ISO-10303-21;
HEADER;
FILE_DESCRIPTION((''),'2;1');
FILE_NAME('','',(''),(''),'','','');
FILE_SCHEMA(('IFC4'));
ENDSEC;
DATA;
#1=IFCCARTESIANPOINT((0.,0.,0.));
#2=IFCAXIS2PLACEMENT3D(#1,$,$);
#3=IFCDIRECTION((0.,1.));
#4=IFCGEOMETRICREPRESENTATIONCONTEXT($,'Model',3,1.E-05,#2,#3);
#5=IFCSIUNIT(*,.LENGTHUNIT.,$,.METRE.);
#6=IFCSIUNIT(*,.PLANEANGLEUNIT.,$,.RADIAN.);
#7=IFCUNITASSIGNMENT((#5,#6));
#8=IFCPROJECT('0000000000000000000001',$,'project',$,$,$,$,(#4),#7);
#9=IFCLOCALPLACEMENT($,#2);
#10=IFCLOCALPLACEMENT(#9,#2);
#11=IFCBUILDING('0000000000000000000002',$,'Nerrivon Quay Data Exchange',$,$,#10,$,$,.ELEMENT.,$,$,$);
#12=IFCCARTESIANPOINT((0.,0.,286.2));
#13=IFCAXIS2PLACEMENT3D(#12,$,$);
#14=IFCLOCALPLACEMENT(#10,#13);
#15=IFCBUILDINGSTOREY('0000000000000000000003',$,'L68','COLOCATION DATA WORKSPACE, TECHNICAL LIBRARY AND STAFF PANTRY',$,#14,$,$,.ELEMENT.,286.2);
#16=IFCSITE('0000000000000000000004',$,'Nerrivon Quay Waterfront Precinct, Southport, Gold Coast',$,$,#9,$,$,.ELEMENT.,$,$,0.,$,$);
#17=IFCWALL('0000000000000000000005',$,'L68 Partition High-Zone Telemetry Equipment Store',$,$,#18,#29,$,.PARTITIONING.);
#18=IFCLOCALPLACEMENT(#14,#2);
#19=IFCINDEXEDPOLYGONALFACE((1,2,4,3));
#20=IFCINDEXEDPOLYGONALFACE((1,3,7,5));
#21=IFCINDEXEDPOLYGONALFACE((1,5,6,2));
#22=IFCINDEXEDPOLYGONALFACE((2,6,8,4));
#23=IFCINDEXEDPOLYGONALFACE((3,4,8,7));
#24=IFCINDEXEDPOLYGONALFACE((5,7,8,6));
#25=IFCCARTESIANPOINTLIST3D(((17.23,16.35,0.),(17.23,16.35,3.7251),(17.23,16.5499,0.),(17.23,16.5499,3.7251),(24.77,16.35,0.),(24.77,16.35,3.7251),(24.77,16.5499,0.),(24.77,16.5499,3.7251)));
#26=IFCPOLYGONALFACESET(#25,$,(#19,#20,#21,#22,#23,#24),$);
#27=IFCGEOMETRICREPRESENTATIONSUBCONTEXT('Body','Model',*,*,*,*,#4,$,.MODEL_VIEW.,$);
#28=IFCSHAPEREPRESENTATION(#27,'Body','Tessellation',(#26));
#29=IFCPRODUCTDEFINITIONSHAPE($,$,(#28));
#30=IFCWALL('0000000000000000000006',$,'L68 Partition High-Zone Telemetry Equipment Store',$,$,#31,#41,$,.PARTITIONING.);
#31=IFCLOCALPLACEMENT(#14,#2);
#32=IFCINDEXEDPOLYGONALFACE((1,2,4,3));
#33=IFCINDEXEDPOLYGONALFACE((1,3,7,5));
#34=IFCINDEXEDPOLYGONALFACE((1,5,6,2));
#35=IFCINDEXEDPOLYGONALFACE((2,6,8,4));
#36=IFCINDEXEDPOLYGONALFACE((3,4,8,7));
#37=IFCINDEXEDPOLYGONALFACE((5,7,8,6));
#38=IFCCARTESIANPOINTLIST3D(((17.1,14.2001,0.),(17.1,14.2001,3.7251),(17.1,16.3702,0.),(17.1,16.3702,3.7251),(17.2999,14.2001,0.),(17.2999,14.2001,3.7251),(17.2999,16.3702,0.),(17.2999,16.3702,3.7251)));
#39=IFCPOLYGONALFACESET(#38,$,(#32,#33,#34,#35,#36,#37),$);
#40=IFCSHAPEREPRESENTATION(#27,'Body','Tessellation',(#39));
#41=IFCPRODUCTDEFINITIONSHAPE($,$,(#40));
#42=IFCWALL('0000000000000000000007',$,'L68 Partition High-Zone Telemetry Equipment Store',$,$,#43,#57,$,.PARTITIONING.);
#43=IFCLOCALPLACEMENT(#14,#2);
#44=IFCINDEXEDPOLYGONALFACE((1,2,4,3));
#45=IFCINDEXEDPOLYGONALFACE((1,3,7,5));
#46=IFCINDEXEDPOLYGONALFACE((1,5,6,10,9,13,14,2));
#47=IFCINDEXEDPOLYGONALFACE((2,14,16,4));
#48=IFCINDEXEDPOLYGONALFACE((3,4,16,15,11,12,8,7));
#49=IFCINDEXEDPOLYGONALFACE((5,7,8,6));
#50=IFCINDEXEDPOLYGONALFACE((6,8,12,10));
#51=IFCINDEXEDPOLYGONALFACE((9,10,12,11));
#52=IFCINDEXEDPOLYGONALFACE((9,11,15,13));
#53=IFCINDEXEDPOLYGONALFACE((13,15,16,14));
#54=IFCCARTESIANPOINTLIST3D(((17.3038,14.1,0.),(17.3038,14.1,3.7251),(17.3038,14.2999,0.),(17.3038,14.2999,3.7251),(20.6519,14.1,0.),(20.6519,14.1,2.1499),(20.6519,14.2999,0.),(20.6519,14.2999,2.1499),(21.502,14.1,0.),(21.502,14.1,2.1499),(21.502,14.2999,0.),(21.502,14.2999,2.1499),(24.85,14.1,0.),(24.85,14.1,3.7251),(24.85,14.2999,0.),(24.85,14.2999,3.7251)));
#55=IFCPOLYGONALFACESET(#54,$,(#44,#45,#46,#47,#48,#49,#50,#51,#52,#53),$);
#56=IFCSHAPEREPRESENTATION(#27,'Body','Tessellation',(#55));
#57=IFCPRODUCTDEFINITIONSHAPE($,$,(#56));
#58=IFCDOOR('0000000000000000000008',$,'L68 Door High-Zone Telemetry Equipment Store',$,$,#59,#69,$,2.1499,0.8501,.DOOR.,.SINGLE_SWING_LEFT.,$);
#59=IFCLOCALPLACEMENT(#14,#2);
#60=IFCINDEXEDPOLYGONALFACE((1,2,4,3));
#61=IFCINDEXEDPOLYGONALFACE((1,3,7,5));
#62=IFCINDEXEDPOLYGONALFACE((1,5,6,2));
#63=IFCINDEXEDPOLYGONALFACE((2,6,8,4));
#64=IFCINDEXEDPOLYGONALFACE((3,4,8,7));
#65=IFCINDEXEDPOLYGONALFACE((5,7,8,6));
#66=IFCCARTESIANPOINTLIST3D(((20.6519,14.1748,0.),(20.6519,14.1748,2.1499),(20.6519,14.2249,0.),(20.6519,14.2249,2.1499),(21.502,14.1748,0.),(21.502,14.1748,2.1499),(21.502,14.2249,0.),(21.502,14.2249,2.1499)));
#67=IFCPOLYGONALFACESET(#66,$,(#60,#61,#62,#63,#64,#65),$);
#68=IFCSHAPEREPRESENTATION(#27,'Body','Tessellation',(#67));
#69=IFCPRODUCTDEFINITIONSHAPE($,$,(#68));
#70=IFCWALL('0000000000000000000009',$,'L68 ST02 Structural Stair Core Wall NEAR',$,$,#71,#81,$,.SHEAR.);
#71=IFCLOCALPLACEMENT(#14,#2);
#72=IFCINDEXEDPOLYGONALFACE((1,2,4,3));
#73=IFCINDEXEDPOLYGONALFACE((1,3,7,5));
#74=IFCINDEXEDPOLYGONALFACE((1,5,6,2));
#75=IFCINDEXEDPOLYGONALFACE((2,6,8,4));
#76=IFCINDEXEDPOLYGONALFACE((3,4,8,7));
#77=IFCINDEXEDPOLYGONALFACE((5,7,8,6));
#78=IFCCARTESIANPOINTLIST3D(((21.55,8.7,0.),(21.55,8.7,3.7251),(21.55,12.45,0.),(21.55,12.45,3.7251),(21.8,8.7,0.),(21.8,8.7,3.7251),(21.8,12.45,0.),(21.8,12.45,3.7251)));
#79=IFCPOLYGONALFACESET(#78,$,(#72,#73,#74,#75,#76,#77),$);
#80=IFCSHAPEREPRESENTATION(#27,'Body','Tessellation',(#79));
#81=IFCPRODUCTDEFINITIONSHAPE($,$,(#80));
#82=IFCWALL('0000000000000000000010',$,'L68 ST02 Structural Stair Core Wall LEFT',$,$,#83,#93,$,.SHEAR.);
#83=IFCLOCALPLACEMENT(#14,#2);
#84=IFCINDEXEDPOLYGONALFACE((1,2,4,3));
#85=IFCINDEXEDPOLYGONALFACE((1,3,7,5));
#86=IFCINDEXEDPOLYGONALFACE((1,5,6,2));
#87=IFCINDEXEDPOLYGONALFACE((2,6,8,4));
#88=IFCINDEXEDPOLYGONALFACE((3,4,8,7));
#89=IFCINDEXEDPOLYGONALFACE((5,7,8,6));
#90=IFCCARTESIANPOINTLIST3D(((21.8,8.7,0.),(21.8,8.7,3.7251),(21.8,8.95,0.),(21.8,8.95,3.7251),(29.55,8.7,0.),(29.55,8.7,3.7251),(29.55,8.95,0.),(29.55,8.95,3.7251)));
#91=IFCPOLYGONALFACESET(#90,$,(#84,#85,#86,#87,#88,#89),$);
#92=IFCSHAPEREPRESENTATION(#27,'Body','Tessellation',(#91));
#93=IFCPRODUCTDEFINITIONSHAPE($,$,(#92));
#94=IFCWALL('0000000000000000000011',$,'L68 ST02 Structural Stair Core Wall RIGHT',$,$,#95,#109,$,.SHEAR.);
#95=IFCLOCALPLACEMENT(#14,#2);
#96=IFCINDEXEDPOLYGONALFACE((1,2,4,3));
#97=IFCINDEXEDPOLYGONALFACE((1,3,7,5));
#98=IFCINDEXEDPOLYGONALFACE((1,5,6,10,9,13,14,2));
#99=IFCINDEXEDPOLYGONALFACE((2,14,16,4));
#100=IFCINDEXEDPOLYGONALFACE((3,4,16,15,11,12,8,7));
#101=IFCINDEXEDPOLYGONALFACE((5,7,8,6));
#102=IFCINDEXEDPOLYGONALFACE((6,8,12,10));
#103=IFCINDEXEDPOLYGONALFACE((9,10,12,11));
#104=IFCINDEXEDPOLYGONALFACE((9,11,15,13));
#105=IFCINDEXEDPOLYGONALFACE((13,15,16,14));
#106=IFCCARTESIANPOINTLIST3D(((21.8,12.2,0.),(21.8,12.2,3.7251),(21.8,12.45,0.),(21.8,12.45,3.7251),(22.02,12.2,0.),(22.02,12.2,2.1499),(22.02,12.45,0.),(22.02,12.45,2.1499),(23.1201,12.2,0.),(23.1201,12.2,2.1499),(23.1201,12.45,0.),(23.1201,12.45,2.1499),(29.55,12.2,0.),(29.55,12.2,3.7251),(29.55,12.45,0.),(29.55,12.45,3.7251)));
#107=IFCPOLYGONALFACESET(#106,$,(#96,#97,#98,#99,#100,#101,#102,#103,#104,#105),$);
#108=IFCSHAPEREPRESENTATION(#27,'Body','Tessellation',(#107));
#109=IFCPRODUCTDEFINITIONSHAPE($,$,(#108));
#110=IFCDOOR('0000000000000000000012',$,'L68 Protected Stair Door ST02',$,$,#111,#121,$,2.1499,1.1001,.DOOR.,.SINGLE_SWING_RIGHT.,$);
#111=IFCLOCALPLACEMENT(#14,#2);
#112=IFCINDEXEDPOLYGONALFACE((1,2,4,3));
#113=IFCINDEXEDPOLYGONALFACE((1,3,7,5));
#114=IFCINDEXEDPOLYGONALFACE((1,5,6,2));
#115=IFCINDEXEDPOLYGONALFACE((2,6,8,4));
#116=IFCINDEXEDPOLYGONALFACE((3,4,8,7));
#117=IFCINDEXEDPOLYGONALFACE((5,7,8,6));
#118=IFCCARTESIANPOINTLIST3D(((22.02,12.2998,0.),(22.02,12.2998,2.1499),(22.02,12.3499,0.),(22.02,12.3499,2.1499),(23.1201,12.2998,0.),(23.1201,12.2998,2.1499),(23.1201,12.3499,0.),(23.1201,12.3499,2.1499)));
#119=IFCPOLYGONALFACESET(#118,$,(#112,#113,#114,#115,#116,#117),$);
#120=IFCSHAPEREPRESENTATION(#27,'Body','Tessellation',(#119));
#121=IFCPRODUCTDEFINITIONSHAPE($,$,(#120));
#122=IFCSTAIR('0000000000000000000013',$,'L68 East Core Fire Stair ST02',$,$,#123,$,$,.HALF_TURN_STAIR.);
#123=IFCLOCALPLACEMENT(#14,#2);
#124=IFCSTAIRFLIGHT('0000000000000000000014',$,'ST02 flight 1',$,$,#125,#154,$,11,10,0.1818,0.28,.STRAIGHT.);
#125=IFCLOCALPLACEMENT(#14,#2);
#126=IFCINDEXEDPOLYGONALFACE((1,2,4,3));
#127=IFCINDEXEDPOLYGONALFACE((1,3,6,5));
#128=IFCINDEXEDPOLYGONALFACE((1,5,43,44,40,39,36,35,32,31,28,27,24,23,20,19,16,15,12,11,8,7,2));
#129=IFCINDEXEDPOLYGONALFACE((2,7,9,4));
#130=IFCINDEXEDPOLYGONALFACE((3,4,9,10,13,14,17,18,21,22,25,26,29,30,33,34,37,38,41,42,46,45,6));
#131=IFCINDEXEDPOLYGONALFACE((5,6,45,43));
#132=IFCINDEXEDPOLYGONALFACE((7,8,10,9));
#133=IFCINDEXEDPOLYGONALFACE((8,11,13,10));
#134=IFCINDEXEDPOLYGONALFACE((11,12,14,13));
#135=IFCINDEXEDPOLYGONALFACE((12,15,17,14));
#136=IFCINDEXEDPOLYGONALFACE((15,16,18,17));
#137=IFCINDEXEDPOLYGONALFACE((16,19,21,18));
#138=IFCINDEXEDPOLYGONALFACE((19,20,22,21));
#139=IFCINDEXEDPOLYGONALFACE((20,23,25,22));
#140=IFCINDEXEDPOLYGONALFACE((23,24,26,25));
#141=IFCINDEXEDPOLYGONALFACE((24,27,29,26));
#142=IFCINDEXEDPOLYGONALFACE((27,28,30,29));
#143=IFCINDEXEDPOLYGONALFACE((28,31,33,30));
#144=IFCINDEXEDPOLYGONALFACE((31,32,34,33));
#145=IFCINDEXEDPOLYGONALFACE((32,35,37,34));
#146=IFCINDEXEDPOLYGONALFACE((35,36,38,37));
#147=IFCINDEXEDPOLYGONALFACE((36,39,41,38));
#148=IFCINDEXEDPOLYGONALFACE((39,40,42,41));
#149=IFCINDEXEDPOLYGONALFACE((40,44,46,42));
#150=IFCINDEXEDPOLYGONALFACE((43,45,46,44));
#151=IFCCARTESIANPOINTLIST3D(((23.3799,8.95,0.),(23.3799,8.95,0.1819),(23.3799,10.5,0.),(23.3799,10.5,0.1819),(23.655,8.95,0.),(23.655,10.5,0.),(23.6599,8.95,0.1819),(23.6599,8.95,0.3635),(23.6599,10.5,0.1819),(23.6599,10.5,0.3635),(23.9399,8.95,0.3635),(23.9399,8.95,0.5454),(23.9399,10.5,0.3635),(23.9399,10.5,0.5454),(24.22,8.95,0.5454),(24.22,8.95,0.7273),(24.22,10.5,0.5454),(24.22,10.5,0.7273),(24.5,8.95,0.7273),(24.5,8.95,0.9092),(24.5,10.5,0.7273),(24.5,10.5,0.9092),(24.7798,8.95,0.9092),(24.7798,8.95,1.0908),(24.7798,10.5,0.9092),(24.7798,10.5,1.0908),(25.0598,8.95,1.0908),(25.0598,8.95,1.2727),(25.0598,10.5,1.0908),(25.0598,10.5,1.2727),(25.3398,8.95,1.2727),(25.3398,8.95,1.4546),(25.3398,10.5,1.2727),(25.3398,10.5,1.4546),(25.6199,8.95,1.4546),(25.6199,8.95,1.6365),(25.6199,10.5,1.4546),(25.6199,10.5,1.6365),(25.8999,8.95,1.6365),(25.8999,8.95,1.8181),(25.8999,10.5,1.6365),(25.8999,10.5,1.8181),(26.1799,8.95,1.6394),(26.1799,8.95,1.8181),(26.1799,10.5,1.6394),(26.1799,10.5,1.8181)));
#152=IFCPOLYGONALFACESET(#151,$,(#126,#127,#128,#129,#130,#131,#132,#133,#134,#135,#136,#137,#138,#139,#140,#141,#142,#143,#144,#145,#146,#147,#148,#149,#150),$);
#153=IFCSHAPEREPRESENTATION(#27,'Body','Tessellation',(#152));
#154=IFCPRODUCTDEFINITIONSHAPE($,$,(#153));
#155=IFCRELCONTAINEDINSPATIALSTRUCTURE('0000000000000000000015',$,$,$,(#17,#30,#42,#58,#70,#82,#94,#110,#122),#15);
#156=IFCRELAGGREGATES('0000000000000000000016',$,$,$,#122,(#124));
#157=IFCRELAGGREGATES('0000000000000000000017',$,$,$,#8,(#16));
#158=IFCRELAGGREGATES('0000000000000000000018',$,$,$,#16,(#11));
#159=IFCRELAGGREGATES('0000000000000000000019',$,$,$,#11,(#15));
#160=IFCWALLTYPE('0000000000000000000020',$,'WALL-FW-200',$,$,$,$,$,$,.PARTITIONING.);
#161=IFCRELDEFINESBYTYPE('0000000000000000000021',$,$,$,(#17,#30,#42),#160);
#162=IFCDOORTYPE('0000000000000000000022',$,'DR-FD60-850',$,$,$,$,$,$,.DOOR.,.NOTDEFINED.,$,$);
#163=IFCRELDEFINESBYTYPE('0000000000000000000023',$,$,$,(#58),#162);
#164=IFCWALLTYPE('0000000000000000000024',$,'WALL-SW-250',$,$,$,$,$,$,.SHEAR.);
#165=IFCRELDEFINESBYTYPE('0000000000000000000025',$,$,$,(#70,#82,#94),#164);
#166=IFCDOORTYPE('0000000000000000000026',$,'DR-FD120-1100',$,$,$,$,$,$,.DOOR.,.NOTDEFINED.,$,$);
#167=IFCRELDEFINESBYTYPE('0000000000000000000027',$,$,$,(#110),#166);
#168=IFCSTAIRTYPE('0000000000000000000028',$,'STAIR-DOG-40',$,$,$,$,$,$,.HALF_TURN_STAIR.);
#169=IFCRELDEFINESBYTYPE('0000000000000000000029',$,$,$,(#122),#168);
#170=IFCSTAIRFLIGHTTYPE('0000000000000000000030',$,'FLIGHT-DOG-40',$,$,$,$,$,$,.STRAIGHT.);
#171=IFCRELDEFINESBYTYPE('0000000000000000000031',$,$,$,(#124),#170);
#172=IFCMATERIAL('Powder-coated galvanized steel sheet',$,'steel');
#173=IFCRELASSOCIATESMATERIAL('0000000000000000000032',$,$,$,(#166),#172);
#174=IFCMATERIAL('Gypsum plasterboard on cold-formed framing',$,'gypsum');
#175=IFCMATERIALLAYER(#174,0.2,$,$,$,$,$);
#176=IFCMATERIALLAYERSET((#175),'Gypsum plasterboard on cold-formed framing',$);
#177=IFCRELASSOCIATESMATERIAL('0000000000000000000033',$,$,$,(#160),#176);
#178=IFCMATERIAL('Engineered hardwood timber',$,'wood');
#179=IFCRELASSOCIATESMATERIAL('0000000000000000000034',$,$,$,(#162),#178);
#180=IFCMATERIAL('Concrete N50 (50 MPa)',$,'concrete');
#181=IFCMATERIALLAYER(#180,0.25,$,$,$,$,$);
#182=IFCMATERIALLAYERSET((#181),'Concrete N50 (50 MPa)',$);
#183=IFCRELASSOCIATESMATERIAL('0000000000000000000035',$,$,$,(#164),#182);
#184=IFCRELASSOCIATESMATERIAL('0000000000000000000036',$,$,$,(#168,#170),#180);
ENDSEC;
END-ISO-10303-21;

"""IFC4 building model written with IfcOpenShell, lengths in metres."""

from ifc_helpers import new_model, si_unit, direction, frame, frame_2d, origin, place, context, subcontext, project, spatial, polyline, rectangle, outline, extrude, material, layer, layer_set, type_object, element, fill, aggregate, save


model = new_model("IFC4")

# Units and contexts
model_context = context("Model", 3, precision=1e-05, world=origin(), true_north=direction((0.0, 1.0)))
body_context = subcontext(model_context, "Body", "Model", "MODEL_VIEW")
ifc_project = project(units=[si_unit("LENGTHUNIT", "METRE"), si_unit("PLANEANGLEUNIT", "RADIAN")], contexts=[model_context])

# Site, building, storey
site_placement = place(None, origin())
site = spatial("IfcSite", under=ifc_project, at=site_placement, Name="Nerrivon Quay Waterfront Precinct, Southport, Gold Coast", CompositionType="ELEMENT", RefElevation=0.0)
building_placement = place(site_placement, origin())
building = spatial("IfcBuilding", under=site, at=building_placement, Name="Nerrivon Quay Data Exchange", CompositionType="ELEMENT")
storey_placement = place(building_placement, frame((0.0, 0.0, 286.2)))
storey = spatial("IfcBuildingStorey", under=building, at=storey_placement, Name="L68", Description="COLOCATION DATA WORKSPACE, TECHNICAL LIBRARY AND STAFF PANTRY", CompositionType="ELEMENT", Elevation=286.2)

# Shared definitions
ifc_material_1 = material(Name="Concrete N50 (50 MPa)", Category="concrete")

# Shared definitions
ifc_material_2 = material(Name="Powder-coated galvanized steel sheet", Category="steel")
door_type_1 = type_object("IfcDoorType", Name="DR-FD120-1100", OperationType="NOTDEFINED", PredefinedType="DOOR", material=ifc_material_2)

# Shared definitions
ifc_material_3 = material(Name="Gypsum plasterboard on cold-formed framing", Category="gypsum")
ifc_layer_1 = layer(ifc_material_3, 0.2)
ifc_layer_set_1 = layer_set([ifc_layer_1], Name="Gypsum plasterboard on cold-formed framing")
wall_type_1 = type_object("IfcWallType", Name="WALL-FW-200", PredefinedType="PARTITIONING", material=ifc_layer_set_1)

# Walls
wall_1_placement = place(storey_placement, frame((24.77, 16.45, 0.0), z_axis=(0.0, 0.0, 1.0), x_axis=(-1.0, 0.0, 0.0)))
element("IfcWall", 1, at=wall_1_placement, inside=storey, type_object=wall_type_1, Name="L68 Partition High-Zone Telemetry Equipment Store", PredefinedType="PARTITIONING", context=body_context, shape_type="SweptSolid", body=[
    extrude(rectangle(XDim=7.54, YDim=0.2, at=frame_2d((3.77, 0.0))), origin(), (0.0, 0.0, 1.0), 3.7251),
])
wall_2_placement = place(storey_placement, frame((17.2, 16.3701, 0.0), z_axis=(0.0, 0.0, 1.0), x_axis=(0.0, -1.0, 0.0)))
element("IfcWall", 2, at=wall_2_placement, inside=storey, type_object=wall_type_1, Name="L68 Partition High-Zone Telemetry Equipment Store", PredefinedType="PARTITIONING", context=body_context, shape_type="SweptSolid", body=[
    extrude(rectangle(XDim=2.1702, YDim=0.2, at=frame_2d((1.085, 0.0))), origin(), (0.0, 0.0, 1.0), 3.7251),
])

# Wall, opening, door
wall_3_placement = place(storey_placement, frame((17.304, 14.2, 0.0), z_axis=(0.0, 0.0, 1.0), x_axis=(1.0, 0.0, 0.0)))
wall_3 = element("IfcWall", 3, at=wall_3_placement, inside=storey, type_object=wall_type_1, Name="L68 Partition High-Zone Telemetry Equipment Store", PredefinedType="PARTITIONING", context=body_context, shape_type="SweptSolid", body=[
    extrude(rectangle(XDim=7.5461, YDim=0.2, at=frame_2d((3.7729, 0.0))), origin(), (0.0, 0.0, 1.0), 3.7251),
])
opening_1_placement = place(wall_3_placement, frame((3.3479, 0.0, 0.0)))
opening_1 = element("IfcOpeningElement", 4, at=opening_1_placement, cuts=wall_3, PredefinedType="OPENING", context=body_context, shape_type="SweptSolid", body=[
    extrude(rectangle(XDim=0.8501, YDim=2.1499, at=frame_2d((0.425, 1.075))), frame((0.0, 0.1099, 0.0), z_axis=(0.0, -1.0, 0.0), x_axis=(1.0, 0.0, 0.0)), (0.0, 0.0, 1.0), 0.22),
])
ifc_material_4 = material(Name="Engineered hardwood timber", Category="wood")
door_type_2 = type_object("IfcDoorType", Name="DR-FD60-850", OperationType="NOTDEFINED", PredefinedType="DOOR", material=ifc_material_4)
door_1_placement = place(opening_1_placement, origin())
door_1 = element("IfcDoor", 5, at=door_1_placement, inside=storey, type_object=door_type_2, Name="L68 Door High-Zone Telemetry Equipment Store", OperationType="SINGLE_SWING_LEFT", OverallHeight=2.1499, OverallWidth=0.8501, PredefinedType="DOOR", context=body_context, shape_type="SweptSolid", body=[
    extrude(rectangle(XDim=0.8501, YDim=2.1499, at=frame_2d((0.425, 1.075))), frame((0.0, 0.0249, 0.0), z_axis=(0.0, -1.0, 0.0), x_axis=(1.0, 0.0, 0.0)), (0.0, 0.0, 1.0), 0.05),
])
fill(opening_1, door_1)

# Walls
ifc_layer_2 = layer(ifc_material_1, 0.25)
ifc_layer_set_2 = layer_set([ifc_layer_2], Name="Concrete N50 (50 MPa)")
wall_type_2 = type_object("IfcWallType", Name="WALL-SW-250", PredefinedType="SHEAR", material=ifc_layer_set_2)
wall_4_placement = place(storey_placement, frame((21.675, 8.7, 0.0), z_axis=(0.0, 0.0, 1.0), x_axis=(0.0, 1.0, 0.0)))
element("IfcWall", 6, at=wall_4_placement, inside=storey, type_object=wall_type_2, Name="L68 ST02 Structural Stair Core Wall NEAR", PredefinedType="SHEAR", context=body_context, shape_type="SweptSolid", body=[
    extrude(rectangle(XDim=3.75, YDim=0.25, at=frame_2d((1.875, 0.0))), origin(), (0.0, 0.0, 1.0), 3.7251),
])
wall_5_placement = place(storey_placement, frame((21.8, 8.825, 0.0), z_axis=(0.0, 0.0, 1.0), x_axis=(1.0, 0.0, 0.0)))
element("IfcWall", 7, at=wall_5_placement, inside=storey, type_object=wall_type_2, Name="L68 ST02 Structural Stair Core Wall LEFT", PredefinedType="SHEAR", context=body_context, shape_type="SweptSolid", body=[
    extrude(rectangle(XDim=7.75, YDim=0.25, at=frame_2d((3.875, 0.0))), origin(), (0.0, 0.0, 1.0), 3.7251),
])

# Wall, opening, door
wall_6_placement = place(storey_placement, frame((21.8, 12.325, 0.0), z_axis=(0.0, 0.0, 1.0), x_axis=(1.0, 0.0, 0.0)))
wall_6 = element("IfcWall", 8, at=wall_6_placement, inside=storey, type_object=wall_type_2, Name="L68 ST02 Structural Stair Core Wall RIGHT", PredefinedType="SHEAR", context=body_context, shape_type="SweptSolid", body=[
    extrude(rectangle(XDim=7.75, YDim=0.25, at=frame_2d((3.875, 0.0))), origin(), (0.0, 0.0, 1.0), 3.7251),
])
opening_2_placement = place(wall_6_placement, frame((0.22, 0.0, 0.0)))
opening_2 = element("IfcOpeningElement", 9, at=opening_2_placement, cuts=wall_6, PredefinedType="OPENING", context=body_context, shape_type="SweptSolid", body=[
    extrude(rectangle(XDim=1.1001, YDim=2.1499, at=frame_2d((0.55, 1.075))), frame((0.0, 0.135, 0.0), z_axis=(0.0, -1.0, 0.0), x_axis=(1.0, 0.0, 0.0)), (0.0, 0.0, 1.0), 0.27),
])
door_2_placement = place(opening_2_placement, origin())
door_2 = element("IfcDoor", 10, at=door_2_placement, inside=storey, type_object=door_type_1, Name="L68 Protected Stair Door ST02", OperationType="SINGLE_SWING_RIGHT", OverallHeight=2.1499, OverallWidth=1.1001, PredefinedType="DOOR", context=body_context, shape_type="SweptSolid", body=[
    extrude(rectangle(XDim=1.1001, YDim=2.1499, at=frame_2d((0.55, 1.075))), frame((0.0, 0.0249, 0.0), z_axis=(0.0, -1.0, 0.0), x_axis=(1.0, 0.0, 0.0)), (0.0, 0.0, 1.0), 0.05),
])
fill(opening_2, door_2)

# Stair, stair flight
stair_type = type_object("IfcStairType", Name="STAIR-DOG-40", PredefinedType="HALF_TURN_STAIR", material=ifc_material_1)
stair_placement = place(storey_placement, origin())
stair = element("IfcStair", 11, at=stair_placement, inside=storey, type_object=stair_type, Name="L68 East Core Fire Stair ST02", PredefinedType="HALF_TURN_STAIR")
stair_flight_type = type_object("IfcStairFlightType", Name="FLIGHT-DOG-40", PredefinedType="STRAIGHT", material=ifc_material_1)
stair_flight_placement = place(storey_placement, frame((23.3799, 9.7251, 0.0), z_axis=(0.0, 0.0, 1.0), x_axis=(1.0, 0.0, 0.0)))
stair_flight = element("IfcStairFlight", 12, at=stair_flight_placement, type_object=stair_flight_type, Name="ST02 flight 1", NumberOfRisers=11, NumberOfTreads=10, PredefinedType="STRAIGHT", RiserHeight=0.1818, TreadLength=0.28, context=body_context, shape_type="SweptSolid", body=[
    extrude(outline(polyline([(0.0, 0.0), (0.0, 0.1819), (0.28, 0.1819), (0.28, 0.3635), (0.5601, 0.3635), (0.5601, 0.5454), (0.8401, 0.5454), (0.8401, 0.7273), (1.1201, 0.7273), (1.1201, 0.9092), (1.3999, 0.9092), (1.3999, 1.0908), (1.6799, 1.0908), (1.6799, 1.2727), (1.96, 1.2727), (1.96, 1.4546), (2.24, 1.4546), (2.24, 1.6365), (2.52, 1.6365), (2.52, 1.8181), (2.8, 1.8181), (2.8, 2.0), (2.8, 1.6394), (0.2751, 0.0), (0.0, 0.0)])), frame((0.0, 0.7749, 0.0), z_axis=(0.0, -1.0, 0.0), x_axis=(1.0, 0.0, 0.0)), (0.0, 0.0, 1.0), 1.55),
])
aggregate(stair, [stair_flight])

save(model, "model.ifc")
